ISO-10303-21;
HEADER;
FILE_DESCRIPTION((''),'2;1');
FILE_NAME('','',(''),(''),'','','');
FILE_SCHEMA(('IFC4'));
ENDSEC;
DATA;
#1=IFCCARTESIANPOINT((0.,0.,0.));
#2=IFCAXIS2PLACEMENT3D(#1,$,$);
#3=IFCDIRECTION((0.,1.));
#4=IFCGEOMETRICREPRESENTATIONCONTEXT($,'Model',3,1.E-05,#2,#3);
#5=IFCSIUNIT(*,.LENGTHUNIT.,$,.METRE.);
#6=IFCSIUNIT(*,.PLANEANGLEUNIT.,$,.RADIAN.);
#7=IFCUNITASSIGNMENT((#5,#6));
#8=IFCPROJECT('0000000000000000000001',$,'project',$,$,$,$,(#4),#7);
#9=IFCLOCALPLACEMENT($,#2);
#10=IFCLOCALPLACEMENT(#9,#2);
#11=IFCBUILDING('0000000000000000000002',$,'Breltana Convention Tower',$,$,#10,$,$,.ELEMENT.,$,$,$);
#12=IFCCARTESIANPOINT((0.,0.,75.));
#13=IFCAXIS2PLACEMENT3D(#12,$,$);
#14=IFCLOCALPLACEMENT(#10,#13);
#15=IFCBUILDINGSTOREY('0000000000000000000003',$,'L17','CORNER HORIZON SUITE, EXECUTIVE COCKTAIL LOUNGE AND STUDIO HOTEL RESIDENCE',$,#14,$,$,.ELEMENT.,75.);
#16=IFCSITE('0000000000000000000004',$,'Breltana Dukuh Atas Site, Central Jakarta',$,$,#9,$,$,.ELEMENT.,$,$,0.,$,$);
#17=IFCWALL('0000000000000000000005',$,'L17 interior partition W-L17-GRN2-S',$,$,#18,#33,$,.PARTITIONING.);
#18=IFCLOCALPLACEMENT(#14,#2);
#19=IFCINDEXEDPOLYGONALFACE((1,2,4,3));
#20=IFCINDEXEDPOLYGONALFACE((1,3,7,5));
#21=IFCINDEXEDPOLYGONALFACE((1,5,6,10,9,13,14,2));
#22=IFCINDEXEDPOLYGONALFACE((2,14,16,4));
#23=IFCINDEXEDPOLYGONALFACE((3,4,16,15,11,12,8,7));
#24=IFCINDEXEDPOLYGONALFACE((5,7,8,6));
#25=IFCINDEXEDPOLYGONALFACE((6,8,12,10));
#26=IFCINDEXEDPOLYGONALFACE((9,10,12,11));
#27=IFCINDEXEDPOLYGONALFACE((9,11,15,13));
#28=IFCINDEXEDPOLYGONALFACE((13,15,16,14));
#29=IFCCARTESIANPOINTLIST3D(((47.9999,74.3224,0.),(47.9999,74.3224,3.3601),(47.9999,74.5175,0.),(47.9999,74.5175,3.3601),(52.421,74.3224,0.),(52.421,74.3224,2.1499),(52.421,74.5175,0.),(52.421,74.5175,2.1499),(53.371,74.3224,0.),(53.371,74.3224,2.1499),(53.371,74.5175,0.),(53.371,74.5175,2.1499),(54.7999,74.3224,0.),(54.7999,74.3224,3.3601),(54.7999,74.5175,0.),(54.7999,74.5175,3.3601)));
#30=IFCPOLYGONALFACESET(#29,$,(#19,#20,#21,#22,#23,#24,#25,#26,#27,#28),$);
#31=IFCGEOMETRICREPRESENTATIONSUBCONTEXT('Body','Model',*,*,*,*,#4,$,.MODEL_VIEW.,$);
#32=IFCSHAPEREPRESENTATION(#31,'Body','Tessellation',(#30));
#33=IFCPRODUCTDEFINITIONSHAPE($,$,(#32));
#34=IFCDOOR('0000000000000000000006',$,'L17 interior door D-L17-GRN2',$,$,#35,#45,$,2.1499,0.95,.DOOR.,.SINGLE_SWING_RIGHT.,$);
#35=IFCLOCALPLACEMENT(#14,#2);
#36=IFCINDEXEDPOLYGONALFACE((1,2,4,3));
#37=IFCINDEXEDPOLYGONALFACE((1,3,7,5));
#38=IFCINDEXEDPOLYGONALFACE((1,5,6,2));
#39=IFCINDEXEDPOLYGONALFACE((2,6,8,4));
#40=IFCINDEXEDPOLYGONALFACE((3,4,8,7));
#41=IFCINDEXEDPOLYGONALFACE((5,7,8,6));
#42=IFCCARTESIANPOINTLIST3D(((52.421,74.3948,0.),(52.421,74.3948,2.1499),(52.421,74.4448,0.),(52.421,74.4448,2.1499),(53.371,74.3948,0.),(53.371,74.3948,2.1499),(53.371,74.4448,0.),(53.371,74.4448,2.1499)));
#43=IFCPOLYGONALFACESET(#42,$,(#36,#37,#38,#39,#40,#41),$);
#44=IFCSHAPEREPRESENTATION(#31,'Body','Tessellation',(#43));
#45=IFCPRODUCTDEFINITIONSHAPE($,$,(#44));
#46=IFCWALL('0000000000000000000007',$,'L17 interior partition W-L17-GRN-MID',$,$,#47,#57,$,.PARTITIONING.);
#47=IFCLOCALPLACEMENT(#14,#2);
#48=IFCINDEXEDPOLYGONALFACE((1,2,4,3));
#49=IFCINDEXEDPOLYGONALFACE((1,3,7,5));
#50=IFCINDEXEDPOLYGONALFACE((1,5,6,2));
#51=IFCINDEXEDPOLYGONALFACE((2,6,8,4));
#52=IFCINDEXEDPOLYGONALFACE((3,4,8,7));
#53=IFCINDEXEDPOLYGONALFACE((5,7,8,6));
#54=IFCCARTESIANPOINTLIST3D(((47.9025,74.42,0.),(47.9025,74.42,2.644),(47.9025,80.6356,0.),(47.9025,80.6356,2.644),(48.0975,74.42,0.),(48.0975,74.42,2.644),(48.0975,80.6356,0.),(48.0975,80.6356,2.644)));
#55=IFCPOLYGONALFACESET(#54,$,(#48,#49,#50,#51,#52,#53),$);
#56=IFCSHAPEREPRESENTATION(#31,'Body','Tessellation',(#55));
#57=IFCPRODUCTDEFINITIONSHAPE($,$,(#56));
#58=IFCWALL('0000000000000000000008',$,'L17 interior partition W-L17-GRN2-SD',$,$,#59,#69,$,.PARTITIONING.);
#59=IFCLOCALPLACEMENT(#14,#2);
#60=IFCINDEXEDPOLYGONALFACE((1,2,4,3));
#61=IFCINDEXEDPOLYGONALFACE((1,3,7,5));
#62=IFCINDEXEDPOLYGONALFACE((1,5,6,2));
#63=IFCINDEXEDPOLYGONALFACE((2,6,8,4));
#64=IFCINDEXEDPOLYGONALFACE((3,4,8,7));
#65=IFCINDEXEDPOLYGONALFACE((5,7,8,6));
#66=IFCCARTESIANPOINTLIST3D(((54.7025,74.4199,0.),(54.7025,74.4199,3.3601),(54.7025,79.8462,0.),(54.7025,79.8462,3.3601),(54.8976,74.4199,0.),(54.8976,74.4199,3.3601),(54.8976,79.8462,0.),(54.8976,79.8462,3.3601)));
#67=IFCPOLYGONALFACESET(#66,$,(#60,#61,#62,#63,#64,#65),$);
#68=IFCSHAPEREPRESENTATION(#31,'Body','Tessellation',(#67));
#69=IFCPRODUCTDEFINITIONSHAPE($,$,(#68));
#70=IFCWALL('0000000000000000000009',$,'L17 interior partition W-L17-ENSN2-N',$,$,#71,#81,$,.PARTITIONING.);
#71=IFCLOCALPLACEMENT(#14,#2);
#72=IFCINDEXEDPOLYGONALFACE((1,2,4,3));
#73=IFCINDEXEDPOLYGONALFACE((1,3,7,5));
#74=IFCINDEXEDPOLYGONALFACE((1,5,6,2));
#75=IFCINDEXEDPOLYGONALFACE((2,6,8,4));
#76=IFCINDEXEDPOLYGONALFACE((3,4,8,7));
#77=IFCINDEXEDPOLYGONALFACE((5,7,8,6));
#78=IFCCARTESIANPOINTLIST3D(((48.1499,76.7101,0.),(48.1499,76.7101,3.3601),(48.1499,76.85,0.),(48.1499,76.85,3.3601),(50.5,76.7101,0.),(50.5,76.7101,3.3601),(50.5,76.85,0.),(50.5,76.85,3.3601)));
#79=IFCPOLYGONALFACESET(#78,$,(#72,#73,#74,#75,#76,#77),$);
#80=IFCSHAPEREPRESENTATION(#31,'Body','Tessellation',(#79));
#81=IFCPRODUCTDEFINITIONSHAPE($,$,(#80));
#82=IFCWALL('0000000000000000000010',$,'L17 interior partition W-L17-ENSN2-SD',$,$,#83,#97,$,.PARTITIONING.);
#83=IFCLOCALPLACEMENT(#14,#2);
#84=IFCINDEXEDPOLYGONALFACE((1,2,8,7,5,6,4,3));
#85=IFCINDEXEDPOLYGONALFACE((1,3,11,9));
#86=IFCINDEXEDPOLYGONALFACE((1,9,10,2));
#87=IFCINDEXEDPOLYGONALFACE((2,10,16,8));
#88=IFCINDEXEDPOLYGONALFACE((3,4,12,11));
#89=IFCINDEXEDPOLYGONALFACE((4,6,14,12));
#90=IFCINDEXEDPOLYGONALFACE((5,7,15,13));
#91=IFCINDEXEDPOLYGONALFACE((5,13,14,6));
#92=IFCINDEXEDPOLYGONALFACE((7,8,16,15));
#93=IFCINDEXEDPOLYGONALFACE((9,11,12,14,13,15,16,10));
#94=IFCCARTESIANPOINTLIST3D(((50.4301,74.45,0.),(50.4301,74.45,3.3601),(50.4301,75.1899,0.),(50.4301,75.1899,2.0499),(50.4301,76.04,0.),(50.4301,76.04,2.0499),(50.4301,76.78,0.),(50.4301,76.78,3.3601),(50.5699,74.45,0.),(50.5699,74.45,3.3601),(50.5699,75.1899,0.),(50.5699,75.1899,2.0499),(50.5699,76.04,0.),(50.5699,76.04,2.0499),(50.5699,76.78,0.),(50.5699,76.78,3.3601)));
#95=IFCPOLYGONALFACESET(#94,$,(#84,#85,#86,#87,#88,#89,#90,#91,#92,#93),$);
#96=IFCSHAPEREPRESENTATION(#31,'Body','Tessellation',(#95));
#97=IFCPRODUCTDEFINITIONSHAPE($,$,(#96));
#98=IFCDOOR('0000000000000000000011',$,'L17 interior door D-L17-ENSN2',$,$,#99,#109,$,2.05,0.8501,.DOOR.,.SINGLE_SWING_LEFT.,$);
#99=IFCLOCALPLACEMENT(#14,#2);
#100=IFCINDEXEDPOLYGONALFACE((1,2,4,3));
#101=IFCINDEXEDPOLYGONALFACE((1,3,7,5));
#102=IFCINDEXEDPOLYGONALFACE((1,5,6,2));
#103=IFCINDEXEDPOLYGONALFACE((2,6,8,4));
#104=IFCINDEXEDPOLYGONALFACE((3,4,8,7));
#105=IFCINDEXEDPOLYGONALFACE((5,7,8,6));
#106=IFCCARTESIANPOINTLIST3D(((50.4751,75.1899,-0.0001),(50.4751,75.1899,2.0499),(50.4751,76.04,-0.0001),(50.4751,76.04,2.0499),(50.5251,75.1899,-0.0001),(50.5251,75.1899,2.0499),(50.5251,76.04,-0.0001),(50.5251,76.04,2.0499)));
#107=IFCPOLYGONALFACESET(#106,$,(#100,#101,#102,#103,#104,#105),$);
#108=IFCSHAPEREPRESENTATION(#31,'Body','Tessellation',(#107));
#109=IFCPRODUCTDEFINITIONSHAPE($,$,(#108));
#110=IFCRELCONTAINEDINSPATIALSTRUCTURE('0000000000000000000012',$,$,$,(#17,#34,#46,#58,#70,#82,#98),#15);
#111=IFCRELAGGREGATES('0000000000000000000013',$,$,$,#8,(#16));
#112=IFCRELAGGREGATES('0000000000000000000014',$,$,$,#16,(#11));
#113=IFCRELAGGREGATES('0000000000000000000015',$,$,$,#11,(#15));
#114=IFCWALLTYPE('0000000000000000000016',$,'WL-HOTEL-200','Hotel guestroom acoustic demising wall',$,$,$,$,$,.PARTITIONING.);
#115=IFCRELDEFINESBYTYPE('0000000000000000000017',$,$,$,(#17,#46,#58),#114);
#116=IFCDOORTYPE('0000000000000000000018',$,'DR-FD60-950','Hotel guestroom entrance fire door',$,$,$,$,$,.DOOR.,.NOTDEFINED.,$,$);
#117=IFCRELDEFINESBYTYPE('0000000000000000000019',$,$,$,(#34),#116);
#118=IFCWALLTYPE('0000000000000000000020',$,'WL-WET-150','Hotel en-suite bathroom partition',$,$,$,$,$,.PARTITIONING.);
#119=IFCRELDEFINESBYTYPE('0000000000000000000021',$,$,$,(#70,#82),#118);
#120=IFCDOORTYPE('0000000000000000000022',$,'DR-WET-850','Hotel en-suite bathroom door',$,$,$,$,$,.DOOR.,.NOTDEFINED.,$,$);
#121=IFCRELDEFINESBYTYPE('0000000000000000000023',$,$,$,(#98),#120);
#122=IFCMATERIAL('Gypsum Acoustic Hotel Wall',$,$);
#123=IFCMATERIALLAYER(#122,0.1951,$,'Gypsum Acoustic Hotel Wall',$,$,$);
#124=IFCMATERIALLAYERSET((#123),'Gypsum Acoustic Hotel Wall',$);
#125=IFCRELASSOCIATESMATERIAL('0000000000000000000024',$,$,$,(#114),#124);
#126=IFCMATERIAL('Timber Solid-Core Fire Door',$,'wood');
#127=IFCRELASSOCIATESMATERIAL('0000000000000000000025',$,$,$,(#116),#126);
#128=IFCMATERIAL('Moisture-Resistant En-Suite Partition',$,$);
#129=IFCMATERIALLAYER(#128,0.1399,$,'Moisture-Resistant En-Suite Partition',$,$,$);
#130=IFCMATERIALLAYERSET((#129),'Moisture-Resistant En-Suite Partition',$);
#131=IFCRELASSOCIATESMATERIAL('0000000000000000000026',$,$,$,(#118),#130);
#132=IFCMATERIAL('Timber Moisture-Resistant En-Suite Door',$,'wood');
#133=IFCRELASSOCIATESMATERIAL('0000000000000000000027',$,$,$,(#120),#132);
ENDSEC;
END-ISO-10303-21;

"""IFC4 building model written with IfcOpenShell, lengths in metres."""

from ifc_helpers import new_model, si_unit, direction, frame, frame_2d, origin, place, context, subcontext, project, spatial, rectangle, extrude, source, transform, mapped, material, layer, layer_set, type_object, type_shapes, element, fill, save


model = new_model("IFC4")

# Units and contexts
model_context = context("Model", 3, precision=1e-05, world=origin(), true_north=direction((0.0, 1.0)))
body_context = subcontext(model_context, "Body", "Model", "MODEL_VIEW")
ifc_project = project(units=[si_unit("LENGTHUNIT", "METRE"), si_unit("PLANEANGLEUNIT", "RADIAN")], contexts=[model_context])

# Site, building, storey
site_placement = place(None, origin())
site = spatial("IfcSite", under=ifc_project, at=site_placement, Name="Breltana Dukuh Atas Site, Central Jakarta", CompositionType="ELEMENT", RefElevation=0.0)
building_placement = place(site_placement, origin())
building = spatial("IfcBuilding", under=site, at=building_placement, Name="Breltana Convention Tower", CompositionType="ELEMENT")
storey_placement = place(building_placement, frame((0.0, 0.0, 75.0)))
storey = spatial("IfcBuildingStorey", under=building, at=storey_placement, Name="L17", Description="CORNER HORIZON SUITE, EXECUTIVE COCKTAIL LOUNGE AND STUDIO HOTEL RESIDENCE", CompositionType="ELEMENT", Elevation=75.0)

# Wall, opening, door
ifc_material_1 = material(Name="Gypsum Acoustic Hotel Wall")
ifc_layer_1 = layer(ifc_material_1, 0.1951, Name="Gypsum Acoustic Hotel Wall")
ifc_layer_set_1 = layer_set([ifc_layer_1], Name="Gypsum Acoustic Hotel Wall")
wall_type_1 = type_object("IfcWallType", Name="WL-HOTEL-200", Description="Hotel guestroom acoustic demising wall", PredefinedType="PARTITIONING", material=ifc_layer_set_1)
shared_shape_1 = source(origin(), body_context, "Body", "SweptSolid", [
    extrude(rectangle(XDim=6.8, YDim=0.1951, at=frame_2d((3.3999, 0.0))), origin(), (0.0, 0.0, 1.0), 3.3601),
])
type_shapes(wall_type_1, [shared_shape_1])
wall_1_placement = place(storey_placement, frame((48.0, 74.4199, 0.0), z_axis=(0.0, 0.0, 1.0), x_axis=(1.0, 0.0, 0.0)))
wall_1 = element("IfcWall", 1, at=wall_1_placement, inside=storey, type_object=wall_type_1, Name="L17 interior partition W-L17-GRN2-S", PredefinedType="PARTITIONING", context=body_context, shape_type="MappedRepresentation", body=[
    mapped(shared_shape_1, transform((0.0, 0.0, 0.0), scale=1.0)),
])
opening_1_placement = place(wall_1_placement, frame((4.4209, 0.0, 0.0)))
opening_1 = element("IfcOpeningElement", 2, at=opening_1_placement, cuts=wall_1, PredefinedType="OPENING", context=body_context, shape_type="SweptSolid", body=[
    extrude(rectangle(XDim=0.95, YDim=2.1499, at=frame_2d((0.4751, 1.075))), frame((0.0, 0.1074, 0.0), z_axis=(0.0, -1.0, 0.0), x_axis=(1.0, 0.0, 0.0)), (0.0, 0.0, 1.0), 0.2151),
])
ifc_material_2 = material(Name="Timber Solid-Core Fire Door", Category="wood")
door_type_1 = type_object("IfcDoorType", Name="DR-FD60-950", Description="Hotel guestroom entrance fire door", OperationType="NOTDEFINED", PredefinedType="DOOR", material=ifc_material_2)
shared_shape_2 = source(origin(), body_context, "Body", "SweptSolid", [
    extrude(rectangle(XDim=0.95, YDim=2.1499, at=frame_2d((0.4751, 1.075))), frame((0.0, 0.0249, 0.0), z_axis=(0.0, -1.0, 0.0), x_axis=(1.0, 0.0, 0.0)), (0.0, 0.0, 1.0), 0.05),
])
type_shapes(door_type_1, [shared_shape_2])
door_1_placement = place(opening_1_placement, origin())
door_1 = element("IfcDoor", 3, at=door_1_placement, inside=storey, type_object=door_type_1, Name="L17 interior door D-L17-GRN2", OperationType="SINGLE_SWING_RIGHT", OverallHeight=2.1499, OverallWidth=0.95, PredefinedType="DOOR", context=body_context, shape_type="MappedRepresentation", body=[
    mapped(shared_shape_2, transform((0.0, 0.0, 0.0), scale=1.0)),
])
fill(opening_1, door_1)

# Walls
shared_shape_3 = source(origin(), body_context, "Body", "SweptSolid", [
    extrude(rectangle(XDim=6.2156, YDim=0.1951, at=frame_2d((3.1079, 0.0))), origin(), (0.0, 0.0, 1.0), 2.644),
])
wall_2_placement = place(storey_placement, frame((48.0, 74.4199, 0.0), z_axis=(0.0, 0.0, 1.0), x_axis=(0.0, 1.0, 0.0)))
element("IfcWall", 4, at=wall_2_placement, inside=storey, type_object=wall_type_1, Name="L17 interior partition W-L17-GRN-MID", PredefinedType="PARTITIONING", context=body_context, shape_type="MappedRepresentation", body=[
    mapped(shared_shape_3, transform((0.0, 0.0, 0.0), scale=1.0)),
])
shared_shape_4 = source(origin(), body_context, "Body", "SweptSolid", [
    extrude(rectangle(XDim=5.4263, YDim=0.1951, at=frame_2d((2.7131, 0.0))), origin(), (0.0, 0.0, 1.0), 3.3601),
])
wall_3_placement = place(storey_placement, frame((54.8, 74.4199, 0.0), z_axis=(0.0, 0.0, 1.0), x_axis=(0.0, 1.0, 0.0)))
element("IfcWall", 5, at=wall_3_placement, inside=storey, type_object=wall_type_1, Name="L17 interior partition W-L17-GRN2-SD", PredefinedType="PARTITIONING", context=body_context, shape_type="MappedRepresentation", body=[
    mapped(shared_shape_4, transform((0.0, 0.0, 0.0), scale=1.0)),
])
ifc_material_3 = material(Name="Moisture-Resistant En-Suite Partition")
ifc_layer_2 = layer(ifc_material_3, 0.1399, Name="Moisture-Resistant En-Suite Partition")
ifc_layer_set_2 = layer_set([ifc_layer_2], Name="Moisture-Resistant En-Suite Partition")
wall_type_2 = type_object("IfcWallType", Name="WL-WET-150", Description="Hotel en-suite bathroom partition", PredefinedType="PARTITIONING", material=ifc_layer_set_2)
shared_shape_5 = source(origin(), body_context, "Body", "SweptSolid", [
    extrude(rectangle(XDim=2.3501, YDim=0.1399, at=frame_2d((1.175, 0.0))), origin(), (0.0, 0.0, 1.0), 3.3601),
])
type_shapes(wall_type_2, [shared_shape_5])
wall_4_placement = place(storey_placement, frame((48.1499, 76.78, 0.0), z_axis=(0.0, 0.0, 1.0), x_axis=(1.0, 0.0, 0.0)))
element("IfcWall", 6, at=wall_4_placement, inside=storey, type_object=wall_type_2, Name="L17 interior partition W-L17-ENSN2-N", PredefinedType="PARTITIONING", context=body_context, shape_type="MappedRepresentation", body=[
    mapped(shared_shape_5, transform((0.0, 0.0, 0.0), scale=1.0)),
])

# Wall, opening, door
shared_shape_6 = source(origin(), body_context, "Body", "SweptSolid", [
    extrude(rectangle(XDim=2.3301, YDim=0.1399, at=frame_2d((1.165, 0.0))), origin(), (0.0, 0.0, 1.0), 3.3601),
])
wall_5_placement = place(storey_placement, frame((50.5, 74.45, 0.0), z_axis=(0.0, 0.0, 1.0), x_axis=(0.0, 1.0, 0.0)))
wall_5 = element("IfcWall", 7, at=wall_5_placement, inside=storey, type_object=wall_type_2, Name="L17 interior partition W-L17-ENSN2-SD", PredefinedType="PARTITIONING", context=body_context, shape_type="MappedRepresentation", body=[
    mapped(shared_shape_6, transform((0.0, 0.0, 0.0), scale=1.0)),
])
opening_2_placement = place(wall_5_placement, frame((0.74, 0.0, 0.0)))
opening_2 = element("IfcOpeningElement", 8, at=opening_2_placement, cuts=wall_5, PredefinedType="OPENING", context=body_context, shape_type="SweptSolid", body=[
    extrude(rectangle(XDim=0.8501, YDim=2.05, at=frame_2d((0.425, 1.0249))), frame((0.0, 0.0801, 0.0), z_axis=(0.0, -1.0, 0.0), x_axis=(1.0, 0.0, 0.0)), (0.0, 0.0, 1.0), 0.1599),
])
ifc_material_4 = material(Name="Timber Moisture-Resistant En-Suite Door", Category="wood")
door_type_2 = type_object("IfcDoorType", Name="DR-WET-850", Description="Hotel en-suite bathroom door", OperationType="NOTDEFINED", PredefinedType="DOOR", material=ifc_material_4)
shared_shape_7 = source(origin(), body_context, "Body", "SweptSolid", [
    extrude(rectangle(XDim=0.8501, YDim=2.05, at=frame_2d((0.425, 1.0249))), frame((0.0, 0.0249, 0.0), z_axis=(0.0, -1.0, 0.0), x_axis=(1.0, 0.0, 0.0)), (0.0, 0.0, 1.0), 0.05),
])
type_shapes(door_type_2, [shared_shape_7])
door_2_placement = place(opening_2_placement, origin())
door_2 = element("IfcDoor", 9, at=door_2_placement, inside=storey, type_object=door_type_2, Name="L17 interior door D-L17-ENSN2", OperationType="SINGLE_SWING_LEFT", OverallHeight=2.05, OverallWidth=0.8501, PredefinedType="DOOR", context=body_context, shape_type="MappedRepresentation", body=[
    mapped(shared_shape_7, transform((0.0, 0.0, 0.0), scale=1.0)),
])
fill(opening_2, door_2)

save(model, "model.ifc")
